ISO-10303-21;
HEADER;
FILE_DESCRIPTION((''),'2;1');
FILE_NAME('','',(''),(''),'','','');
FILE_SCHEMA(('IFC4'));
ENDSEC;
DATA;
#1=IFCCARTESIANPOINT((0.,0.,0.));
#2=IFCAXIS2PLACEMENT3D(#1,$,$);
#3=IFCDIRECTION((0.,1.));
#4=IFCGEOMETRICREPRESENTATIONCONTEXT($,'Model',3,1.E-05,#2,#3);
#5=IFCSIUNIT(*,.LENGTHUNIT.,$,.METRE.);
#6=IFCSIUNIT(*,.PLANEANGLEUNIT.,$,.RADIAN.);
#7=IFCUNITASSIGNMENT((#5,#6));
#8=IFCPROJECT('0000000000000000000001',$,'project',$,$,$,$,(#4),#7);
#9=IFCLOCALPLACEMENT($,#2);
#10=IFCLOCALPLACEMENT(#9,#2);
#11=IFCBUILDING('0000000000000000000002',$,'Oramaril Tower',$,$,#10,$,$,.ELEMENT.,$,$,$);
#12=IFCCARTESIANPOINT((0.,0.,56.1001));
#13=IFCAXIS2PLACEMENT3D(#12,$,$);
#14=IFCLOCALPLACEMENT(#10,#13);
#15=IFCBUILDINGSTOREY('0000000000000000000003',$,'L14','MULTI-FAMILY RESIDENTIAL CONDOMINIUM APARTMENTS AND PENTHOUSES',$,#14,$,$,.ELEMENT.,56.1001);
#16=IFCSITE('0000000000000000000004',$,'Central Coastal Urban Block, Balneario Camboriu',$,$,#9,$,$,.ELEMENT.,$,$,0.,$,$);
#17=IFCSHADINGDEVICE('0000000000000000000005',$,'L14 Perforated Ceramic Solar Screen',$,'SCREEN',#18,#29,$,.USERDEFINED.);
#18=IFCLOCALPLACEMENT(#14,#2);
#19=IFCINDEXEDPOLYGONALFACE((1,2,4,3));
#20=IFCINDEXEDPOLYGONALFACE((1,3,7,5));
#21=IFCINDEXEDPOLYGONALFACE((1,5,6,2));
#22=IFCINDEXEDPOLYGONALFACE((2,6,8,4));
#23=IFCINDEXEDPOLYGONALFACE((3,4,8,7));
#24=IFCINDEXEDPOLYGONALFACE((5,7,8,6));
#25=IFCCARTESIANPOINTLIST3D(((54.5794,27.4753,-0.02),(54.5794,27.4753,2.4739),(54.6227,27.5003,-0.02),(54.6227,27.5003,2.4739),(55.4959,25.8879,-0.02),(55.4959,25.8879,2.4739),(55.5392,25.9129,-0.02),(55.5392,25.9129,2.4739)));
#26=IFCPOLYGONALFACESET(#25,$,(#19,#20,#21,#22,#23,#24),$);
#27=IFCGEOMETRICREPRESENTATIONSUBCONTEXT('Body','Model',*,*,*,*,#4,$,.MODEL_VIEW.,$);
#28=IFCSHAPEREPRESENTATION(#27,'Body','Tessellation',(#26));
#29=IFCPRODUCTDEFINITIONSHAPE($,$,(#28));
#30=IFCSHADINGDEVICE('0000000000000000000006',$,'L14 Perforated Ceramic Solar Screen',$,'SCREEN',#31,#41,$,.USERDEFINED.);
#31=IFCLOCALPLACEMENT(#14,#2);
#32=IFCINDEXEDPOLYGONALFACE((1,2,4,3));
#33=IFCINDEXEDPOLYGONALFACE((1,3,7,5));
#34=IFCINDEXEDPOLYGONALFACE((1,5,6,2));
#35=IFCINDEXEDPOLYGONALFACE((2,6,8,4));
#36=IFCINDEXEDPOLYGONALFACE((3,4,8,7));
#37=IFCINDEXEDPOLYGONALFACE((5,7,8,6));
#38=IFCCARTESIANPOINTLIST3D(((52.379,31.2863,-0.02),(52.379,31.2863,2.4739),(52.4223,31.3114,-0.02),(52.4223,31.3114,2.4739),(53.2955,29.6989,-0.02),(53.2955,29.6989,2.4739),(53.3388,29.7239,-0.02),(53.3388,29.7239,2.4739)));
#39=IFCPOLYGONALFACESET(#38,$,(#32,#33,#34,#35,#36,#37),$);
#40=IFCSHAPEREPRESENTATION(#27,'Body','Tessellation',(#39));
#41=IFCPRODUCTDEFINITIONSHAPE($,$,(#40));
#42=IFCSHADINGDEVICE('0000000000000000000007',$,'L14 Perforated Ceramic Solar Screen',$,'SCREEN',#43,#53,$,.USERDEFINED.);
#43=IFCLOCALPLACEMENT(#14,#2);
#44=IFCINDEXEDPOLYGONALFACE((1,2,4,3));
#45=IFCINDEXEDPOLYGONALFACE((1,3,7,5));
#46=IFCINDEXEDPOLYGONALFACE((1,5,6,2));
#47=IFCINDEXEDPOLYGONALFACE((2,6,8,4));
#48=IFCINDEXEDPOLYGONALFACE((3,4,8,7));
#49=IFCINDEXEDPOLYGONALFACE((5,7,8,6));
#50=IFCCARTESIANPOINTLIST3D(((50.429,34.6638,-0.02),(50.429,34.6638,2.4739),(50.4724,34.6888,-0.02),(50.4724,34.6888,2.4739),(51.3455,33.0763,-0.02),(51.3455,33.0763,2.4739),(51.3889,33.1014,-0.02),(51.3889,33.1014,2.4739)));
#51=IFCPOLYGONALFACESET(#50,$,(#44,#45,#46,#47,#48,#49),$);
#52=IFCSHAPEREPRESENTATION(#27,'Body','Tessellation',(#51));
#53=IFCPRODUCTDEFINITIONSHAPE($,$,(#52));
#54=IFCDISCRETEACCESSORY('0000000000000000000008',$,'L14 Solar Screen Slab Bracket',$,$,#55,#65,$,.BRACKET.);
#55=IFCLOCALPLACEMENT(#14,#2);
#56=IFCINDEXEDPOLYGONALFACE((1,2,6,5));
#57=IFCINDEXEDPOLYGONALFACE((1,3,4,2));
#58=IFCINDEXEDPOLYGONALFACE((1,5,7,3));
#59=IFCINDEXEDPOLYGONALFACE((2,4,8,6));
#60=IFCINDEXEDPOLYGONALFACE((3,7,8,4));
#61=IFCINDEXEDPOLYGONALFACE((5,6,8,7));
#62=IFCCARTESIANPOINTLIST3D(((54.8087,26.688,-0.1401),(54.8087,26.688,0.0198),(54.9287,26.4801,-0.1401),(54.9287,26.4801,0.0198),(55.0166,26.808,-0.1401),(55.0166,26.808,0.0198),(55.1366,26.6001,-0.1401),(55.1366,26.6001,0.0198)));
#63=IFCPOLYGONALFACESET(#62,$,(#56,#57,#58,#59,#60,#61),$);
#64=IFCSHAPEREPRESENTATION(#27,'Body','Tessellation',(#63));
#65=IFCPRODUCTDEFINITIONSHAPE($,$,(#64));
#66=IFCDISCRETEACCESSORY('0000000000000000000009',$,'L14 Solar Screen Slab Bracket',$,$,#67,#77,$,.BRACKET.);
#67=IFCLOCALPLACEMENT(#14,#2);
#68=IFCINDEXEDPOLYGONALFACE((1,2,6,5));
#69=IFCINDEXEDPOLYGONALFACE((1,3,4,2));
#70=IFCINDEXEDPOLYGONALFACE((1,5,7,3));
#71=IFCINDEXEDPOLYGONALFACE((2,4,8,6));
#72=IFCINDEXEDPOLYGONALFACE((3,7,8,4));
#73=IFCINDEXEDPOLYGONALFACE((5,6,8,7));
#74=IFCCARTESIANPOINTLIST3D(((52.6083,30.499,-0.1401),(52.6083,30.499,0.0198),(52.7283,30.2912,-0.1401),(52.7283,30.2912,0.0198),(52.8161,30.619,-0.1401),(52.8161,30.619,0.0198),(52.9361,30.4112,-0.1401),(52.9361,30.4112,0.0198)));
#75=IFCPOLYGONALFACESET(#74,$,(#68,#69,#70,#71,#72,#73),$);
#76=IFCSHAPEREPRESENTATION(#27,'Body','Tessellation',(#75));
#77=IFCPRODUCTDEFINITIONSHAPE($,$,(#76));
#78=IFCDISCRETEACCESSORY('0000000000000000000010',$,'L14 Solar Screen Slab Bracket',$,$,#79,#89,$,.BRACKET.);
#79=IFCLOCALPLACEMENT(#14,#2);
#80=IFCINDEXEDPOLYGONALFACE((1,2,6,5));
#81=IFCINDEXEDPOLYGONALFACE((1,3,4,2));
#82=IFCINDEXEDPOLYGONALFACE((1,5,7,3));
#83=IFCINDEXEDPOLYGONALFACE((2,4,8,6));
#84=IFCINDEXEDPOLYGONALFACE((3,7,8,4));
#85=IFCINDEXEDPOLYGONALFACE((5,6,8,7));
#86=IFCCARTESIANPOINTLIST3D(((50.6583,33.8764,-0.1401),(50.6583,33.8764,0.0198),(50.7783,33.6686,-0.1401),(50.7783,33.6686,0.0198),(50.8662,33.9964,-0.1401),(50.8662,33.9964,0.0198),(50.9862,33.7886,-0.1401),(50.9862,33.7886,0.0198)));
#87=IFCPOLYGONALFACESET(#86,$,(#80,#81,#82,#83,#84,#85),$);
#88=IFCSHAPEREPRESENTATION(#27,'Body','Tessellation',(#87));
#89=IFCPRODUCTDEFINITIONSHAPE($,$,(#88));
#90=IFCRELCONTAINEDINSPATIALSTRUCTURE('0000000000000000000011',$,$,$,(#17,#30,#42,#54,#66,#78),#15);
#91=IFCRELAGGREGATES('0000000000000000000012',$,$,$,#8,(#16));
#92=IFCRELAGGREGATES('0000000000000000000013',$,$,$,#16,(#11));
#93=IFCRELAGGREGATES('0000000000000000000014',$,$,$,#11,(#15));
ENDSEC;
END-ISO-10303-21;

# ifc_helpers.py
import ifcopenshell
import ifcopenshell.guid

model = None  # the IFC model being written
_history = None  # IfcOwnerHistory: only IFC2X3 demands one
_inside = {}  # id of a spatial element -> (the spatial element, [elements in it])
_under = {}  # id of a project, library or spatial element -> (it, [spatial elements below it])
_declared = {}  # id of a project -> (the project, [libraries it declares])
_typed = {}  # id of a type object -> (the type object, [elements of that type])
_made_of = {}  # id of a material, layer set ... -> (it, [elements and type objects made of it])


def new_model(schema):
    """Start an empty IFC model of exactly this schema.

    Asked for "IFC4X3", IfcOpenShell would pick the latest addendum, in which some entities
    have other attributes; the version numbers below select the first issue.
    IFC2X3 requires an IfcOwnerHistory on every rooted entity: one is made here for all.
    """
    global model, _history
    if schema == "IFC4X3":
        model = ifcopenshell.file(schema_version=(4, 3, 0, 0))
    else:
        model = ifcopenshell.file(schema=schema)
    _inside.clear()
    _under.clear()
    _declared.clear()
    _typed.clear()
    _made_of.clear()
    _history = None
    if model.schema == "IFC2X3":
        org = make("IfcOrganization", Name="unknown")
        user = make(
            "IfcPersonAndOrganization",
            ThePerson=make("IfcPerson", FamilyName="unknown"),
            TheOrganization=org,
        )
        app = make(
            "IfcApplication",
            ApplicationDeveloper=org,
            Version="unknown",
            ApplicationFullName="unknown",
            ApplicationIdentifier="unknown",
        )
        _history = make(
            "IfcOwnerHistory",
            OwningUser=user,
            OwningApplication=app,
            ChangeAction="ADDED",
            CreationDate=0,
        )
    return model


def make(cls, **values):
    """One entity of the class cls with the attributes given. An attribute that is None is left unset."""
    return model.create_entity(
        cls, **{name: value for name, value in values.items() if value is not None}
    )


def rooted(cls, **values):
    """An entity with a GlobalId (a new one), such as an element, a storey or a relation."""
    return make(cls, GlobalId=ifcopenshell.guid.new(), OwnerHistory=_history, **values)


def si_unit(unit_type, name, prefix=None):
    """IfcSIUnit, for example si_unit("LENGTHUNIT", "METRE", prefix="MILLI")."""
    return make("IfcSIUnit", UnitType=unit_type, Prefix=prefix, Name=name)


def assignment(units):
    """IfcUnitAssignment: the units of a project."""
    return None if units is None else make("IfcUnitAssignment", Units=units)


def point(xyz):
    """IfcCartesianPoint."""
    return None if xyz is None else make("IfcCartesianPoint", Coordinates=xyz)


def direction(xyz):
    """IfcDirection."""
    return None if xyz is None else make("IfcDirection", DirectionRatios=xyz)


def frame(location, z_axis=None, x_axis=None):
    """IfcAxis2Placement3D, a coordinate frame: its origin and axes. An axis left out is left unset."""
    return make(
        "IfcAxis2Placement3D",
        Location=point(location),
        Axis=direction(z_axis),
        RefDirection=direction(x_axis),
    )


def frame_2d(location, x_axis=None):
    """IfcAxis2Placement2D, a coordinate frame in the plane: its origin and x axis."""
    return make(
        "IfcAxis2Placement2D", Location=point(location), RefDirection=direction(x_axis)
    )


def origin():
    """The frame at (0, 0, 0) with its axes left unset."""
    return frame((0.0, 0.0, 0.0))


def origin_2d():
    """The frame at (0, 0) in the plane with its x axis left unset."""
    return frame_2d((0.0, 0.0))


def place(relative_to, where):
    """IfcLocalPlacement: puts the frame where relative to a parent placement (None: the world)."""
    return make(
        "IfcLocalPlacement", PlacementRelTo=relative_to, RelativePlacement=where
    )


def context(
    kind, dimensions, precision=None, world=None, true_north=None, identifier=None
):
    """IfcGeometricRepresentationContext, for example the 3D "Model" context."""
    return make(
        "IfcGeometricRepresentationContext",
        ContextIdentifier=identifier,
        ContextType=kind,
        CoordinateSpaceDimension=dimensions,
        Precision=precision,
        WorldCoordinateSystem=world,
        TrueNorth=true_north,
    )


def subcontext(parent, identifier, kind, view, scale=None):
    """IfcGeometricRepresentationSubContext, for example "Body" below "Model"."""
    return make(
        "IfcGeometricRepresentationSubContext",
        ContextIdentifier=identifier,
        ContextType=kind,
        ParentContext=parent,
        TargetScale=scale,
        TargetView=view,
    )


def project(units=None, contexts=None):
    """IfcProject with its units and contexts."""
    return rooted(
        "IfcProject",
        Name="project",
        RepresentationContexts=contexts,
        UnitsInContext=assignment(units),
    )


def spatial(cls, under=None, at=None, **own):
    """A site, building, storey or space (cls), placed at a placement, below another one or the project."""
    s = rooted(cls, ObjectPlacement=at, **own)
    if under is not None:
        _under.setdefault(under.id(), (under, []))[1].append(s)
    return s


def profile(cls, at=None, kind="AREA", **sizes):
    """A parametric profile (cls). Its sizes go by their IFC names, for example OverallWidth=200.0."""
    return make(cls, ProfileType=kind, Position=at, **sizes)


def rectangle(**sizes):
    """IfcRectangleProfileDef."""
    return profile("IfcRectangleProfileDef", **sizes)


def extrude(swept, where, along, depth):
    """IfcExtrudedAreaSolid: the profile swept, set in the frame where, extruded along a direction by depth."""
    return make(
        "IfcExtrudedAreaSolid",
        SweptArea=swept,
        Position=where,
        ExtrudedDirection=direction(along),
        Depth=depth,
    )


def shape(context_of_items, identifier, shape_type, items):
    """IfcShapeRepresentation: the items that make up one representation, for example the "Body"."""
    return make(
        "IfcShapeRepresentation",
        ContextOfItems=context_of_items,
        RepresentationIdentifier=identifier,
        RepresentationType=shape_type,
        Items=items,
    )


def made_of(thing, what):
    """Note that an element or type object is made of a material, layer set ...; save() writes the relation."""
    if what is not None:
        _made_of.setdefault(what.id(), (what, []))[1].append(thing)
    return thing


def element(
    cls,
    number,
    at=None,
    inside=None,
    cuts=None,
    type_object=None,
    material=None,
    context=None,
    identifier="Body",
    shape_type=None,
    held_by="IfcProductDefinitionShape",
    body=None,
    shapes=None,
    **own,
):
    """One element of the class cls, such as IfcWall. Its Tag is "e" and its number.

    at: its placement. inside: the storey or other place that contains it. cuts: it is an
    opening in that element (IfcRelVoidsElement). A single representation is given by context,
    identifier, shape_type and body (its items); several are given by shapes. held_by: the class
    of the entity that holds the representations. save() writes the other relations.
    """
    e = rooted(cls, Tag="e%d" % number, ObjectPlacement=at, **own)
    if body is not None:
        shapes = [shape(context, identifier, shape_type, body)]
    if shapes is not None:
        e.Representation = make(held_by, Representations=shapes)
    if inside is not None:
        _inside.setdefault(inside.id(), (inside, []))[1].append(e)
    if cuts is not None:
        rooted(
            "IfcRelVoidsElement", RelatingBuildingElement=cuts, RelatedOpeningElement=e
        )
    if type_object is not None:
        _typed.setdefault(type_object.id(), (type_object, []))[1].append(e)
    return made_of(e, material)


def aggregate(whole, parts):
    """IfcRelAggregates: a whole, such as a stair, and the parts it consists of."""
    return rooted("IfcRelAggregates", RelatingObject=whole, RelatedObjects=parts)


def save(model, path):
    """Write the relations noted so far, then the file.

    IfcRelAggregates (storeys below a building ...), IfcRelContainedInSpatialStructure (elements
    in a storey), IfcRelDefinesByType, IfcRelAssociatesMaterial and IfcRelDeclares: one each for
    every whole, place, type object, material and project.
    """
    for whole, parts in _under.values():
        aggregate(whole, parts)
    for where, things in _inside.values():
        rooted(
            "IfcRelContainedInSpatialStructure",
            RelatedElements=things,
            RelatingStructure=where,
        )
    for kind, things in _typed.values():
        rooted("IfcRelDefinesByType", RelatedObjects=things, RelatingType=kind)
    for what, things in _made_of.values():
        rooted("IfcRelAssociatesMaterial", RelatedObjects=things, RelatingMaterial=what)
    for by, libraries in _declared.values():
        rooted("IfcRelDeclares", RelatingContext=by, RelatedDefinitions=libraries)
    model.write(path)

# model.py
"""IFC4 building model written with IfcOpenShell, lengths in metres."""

from ifc_helpers import new_model, si_unit, direction, frame, origin, origin_2d, place, context, subcontext, project, spatial, rectangle, extrude, element, save


model = new_model("IFC4")

# Units and contexts
model_context = context("Model", 3, precision=1e-05, world=origin(), true_north=direction((0.0, 1.0)))
body_context = subcontext(model_context, "Body", "Model", "MODEL_VIEW")
ifc_project = project(units=[si_unit("LENGTHUNIT", "METRE"), si_unit("PLANEANGLEUNIT", "RADIAN")], contexts=[model_context])

# Site, building, storey
site_placement = place(None, origin())
site = spatial("IfcSite", under=ifc_project, at=site_placement, Name="Central Coastal Urban Block, Balneario Camboriu", CompositionType="ELEMENT", RefElevation=0.0)
building_placement = place(site_placement, origin())
building = spatial("IfcBuilding", under=site, at=building_placement, Name="Oramaril Tower", CompositionType="ELEMENT")
storey_placement = place(building_placement, frame((0.0, 0.0, 56.1001)))
storey = spatial("IfcBuildingStorey", under=building, at=storey_placement, Name="L14", Description="MULTI-FAMILY RESIDENTIAL CONDOMINIUM APARTMENTS AND PENTHOUSES", CompositionType="ELEMENT", Elevation=56.1001)

# Shading devices
for number, where, z_axis, x_axis, name in (
    (1, (55.0593, 26.6941, -0.02), (0.0, 0.0, 1.0), (-0.499998, 0.866026, 0.0), "L14 Perforated Ceramic Solar Screen"),
    (2, (52.8589, 30.5051, -0.02), (0.0, 0.0, 1.0), (-0.499998, 0.866026, 0.0), "L14 Perforated Ceramic Solar Screen"),
    (3, (50.9089, 33.8826, -0.02), (0.0, 0.0, 1.0), (-0.499998, 0.866026, 0.0), "L14 Perforated Ceramic Solar Screen"),
):
    element("IfcShadingDevice", number, at=place(storey_placement, frame(where, z_axis=z_axis, x_axis=x_axis)), inside=storey, Name=name, ObjectType="SCREEN", PredefinedType="USERDEFINED", context=body_context, shape_type="SweptSolid", body=[
        extrude(rectangle(XDim=1.833, YDim=0.05, at=origin_2d()), origin(), (0.0, 0.0, 1.0), 2.4939),
    ])

# Discrete accessories
for number, where, z_axis, x_axis, name in (
    (4, (54.9727, 26.644, -0.1401), (0.0, 0.0, 1.0), (-0.499998, 0.866026, 0.0), "L14 Solar Screen Slab Bracket"),
    (5, (52.7722, 30.4551, -0.1401), (0.0, 0.0, 1.0), (-0.499998, 0.866026, 0.0), "L14 Solar Screen Slab Bracket"),
    (6, (50.8223, 33.8325, -0.1401), (0.0, 0.0, 1.0), (-0.499998, 0.866026, 0.0), "L14 Solar Screen Slab Bracket"),
):
    element("IfcDiscreteAccessory", number, at=place(storey_placement, frame(where, z_axis=z_axis, x_axis=x_axis)), inside=storey, Name=name, PredefinedType="BRACKET", context=body_context, shape_type="SweptSolid", body=[
        extrude(rectangle(XDim=0.24, YDim=0.24, at=origin_2d()), origin(), (0.0, 0.0, 1.0), 0.1599),
    ])

save(model, "model.ifc")
